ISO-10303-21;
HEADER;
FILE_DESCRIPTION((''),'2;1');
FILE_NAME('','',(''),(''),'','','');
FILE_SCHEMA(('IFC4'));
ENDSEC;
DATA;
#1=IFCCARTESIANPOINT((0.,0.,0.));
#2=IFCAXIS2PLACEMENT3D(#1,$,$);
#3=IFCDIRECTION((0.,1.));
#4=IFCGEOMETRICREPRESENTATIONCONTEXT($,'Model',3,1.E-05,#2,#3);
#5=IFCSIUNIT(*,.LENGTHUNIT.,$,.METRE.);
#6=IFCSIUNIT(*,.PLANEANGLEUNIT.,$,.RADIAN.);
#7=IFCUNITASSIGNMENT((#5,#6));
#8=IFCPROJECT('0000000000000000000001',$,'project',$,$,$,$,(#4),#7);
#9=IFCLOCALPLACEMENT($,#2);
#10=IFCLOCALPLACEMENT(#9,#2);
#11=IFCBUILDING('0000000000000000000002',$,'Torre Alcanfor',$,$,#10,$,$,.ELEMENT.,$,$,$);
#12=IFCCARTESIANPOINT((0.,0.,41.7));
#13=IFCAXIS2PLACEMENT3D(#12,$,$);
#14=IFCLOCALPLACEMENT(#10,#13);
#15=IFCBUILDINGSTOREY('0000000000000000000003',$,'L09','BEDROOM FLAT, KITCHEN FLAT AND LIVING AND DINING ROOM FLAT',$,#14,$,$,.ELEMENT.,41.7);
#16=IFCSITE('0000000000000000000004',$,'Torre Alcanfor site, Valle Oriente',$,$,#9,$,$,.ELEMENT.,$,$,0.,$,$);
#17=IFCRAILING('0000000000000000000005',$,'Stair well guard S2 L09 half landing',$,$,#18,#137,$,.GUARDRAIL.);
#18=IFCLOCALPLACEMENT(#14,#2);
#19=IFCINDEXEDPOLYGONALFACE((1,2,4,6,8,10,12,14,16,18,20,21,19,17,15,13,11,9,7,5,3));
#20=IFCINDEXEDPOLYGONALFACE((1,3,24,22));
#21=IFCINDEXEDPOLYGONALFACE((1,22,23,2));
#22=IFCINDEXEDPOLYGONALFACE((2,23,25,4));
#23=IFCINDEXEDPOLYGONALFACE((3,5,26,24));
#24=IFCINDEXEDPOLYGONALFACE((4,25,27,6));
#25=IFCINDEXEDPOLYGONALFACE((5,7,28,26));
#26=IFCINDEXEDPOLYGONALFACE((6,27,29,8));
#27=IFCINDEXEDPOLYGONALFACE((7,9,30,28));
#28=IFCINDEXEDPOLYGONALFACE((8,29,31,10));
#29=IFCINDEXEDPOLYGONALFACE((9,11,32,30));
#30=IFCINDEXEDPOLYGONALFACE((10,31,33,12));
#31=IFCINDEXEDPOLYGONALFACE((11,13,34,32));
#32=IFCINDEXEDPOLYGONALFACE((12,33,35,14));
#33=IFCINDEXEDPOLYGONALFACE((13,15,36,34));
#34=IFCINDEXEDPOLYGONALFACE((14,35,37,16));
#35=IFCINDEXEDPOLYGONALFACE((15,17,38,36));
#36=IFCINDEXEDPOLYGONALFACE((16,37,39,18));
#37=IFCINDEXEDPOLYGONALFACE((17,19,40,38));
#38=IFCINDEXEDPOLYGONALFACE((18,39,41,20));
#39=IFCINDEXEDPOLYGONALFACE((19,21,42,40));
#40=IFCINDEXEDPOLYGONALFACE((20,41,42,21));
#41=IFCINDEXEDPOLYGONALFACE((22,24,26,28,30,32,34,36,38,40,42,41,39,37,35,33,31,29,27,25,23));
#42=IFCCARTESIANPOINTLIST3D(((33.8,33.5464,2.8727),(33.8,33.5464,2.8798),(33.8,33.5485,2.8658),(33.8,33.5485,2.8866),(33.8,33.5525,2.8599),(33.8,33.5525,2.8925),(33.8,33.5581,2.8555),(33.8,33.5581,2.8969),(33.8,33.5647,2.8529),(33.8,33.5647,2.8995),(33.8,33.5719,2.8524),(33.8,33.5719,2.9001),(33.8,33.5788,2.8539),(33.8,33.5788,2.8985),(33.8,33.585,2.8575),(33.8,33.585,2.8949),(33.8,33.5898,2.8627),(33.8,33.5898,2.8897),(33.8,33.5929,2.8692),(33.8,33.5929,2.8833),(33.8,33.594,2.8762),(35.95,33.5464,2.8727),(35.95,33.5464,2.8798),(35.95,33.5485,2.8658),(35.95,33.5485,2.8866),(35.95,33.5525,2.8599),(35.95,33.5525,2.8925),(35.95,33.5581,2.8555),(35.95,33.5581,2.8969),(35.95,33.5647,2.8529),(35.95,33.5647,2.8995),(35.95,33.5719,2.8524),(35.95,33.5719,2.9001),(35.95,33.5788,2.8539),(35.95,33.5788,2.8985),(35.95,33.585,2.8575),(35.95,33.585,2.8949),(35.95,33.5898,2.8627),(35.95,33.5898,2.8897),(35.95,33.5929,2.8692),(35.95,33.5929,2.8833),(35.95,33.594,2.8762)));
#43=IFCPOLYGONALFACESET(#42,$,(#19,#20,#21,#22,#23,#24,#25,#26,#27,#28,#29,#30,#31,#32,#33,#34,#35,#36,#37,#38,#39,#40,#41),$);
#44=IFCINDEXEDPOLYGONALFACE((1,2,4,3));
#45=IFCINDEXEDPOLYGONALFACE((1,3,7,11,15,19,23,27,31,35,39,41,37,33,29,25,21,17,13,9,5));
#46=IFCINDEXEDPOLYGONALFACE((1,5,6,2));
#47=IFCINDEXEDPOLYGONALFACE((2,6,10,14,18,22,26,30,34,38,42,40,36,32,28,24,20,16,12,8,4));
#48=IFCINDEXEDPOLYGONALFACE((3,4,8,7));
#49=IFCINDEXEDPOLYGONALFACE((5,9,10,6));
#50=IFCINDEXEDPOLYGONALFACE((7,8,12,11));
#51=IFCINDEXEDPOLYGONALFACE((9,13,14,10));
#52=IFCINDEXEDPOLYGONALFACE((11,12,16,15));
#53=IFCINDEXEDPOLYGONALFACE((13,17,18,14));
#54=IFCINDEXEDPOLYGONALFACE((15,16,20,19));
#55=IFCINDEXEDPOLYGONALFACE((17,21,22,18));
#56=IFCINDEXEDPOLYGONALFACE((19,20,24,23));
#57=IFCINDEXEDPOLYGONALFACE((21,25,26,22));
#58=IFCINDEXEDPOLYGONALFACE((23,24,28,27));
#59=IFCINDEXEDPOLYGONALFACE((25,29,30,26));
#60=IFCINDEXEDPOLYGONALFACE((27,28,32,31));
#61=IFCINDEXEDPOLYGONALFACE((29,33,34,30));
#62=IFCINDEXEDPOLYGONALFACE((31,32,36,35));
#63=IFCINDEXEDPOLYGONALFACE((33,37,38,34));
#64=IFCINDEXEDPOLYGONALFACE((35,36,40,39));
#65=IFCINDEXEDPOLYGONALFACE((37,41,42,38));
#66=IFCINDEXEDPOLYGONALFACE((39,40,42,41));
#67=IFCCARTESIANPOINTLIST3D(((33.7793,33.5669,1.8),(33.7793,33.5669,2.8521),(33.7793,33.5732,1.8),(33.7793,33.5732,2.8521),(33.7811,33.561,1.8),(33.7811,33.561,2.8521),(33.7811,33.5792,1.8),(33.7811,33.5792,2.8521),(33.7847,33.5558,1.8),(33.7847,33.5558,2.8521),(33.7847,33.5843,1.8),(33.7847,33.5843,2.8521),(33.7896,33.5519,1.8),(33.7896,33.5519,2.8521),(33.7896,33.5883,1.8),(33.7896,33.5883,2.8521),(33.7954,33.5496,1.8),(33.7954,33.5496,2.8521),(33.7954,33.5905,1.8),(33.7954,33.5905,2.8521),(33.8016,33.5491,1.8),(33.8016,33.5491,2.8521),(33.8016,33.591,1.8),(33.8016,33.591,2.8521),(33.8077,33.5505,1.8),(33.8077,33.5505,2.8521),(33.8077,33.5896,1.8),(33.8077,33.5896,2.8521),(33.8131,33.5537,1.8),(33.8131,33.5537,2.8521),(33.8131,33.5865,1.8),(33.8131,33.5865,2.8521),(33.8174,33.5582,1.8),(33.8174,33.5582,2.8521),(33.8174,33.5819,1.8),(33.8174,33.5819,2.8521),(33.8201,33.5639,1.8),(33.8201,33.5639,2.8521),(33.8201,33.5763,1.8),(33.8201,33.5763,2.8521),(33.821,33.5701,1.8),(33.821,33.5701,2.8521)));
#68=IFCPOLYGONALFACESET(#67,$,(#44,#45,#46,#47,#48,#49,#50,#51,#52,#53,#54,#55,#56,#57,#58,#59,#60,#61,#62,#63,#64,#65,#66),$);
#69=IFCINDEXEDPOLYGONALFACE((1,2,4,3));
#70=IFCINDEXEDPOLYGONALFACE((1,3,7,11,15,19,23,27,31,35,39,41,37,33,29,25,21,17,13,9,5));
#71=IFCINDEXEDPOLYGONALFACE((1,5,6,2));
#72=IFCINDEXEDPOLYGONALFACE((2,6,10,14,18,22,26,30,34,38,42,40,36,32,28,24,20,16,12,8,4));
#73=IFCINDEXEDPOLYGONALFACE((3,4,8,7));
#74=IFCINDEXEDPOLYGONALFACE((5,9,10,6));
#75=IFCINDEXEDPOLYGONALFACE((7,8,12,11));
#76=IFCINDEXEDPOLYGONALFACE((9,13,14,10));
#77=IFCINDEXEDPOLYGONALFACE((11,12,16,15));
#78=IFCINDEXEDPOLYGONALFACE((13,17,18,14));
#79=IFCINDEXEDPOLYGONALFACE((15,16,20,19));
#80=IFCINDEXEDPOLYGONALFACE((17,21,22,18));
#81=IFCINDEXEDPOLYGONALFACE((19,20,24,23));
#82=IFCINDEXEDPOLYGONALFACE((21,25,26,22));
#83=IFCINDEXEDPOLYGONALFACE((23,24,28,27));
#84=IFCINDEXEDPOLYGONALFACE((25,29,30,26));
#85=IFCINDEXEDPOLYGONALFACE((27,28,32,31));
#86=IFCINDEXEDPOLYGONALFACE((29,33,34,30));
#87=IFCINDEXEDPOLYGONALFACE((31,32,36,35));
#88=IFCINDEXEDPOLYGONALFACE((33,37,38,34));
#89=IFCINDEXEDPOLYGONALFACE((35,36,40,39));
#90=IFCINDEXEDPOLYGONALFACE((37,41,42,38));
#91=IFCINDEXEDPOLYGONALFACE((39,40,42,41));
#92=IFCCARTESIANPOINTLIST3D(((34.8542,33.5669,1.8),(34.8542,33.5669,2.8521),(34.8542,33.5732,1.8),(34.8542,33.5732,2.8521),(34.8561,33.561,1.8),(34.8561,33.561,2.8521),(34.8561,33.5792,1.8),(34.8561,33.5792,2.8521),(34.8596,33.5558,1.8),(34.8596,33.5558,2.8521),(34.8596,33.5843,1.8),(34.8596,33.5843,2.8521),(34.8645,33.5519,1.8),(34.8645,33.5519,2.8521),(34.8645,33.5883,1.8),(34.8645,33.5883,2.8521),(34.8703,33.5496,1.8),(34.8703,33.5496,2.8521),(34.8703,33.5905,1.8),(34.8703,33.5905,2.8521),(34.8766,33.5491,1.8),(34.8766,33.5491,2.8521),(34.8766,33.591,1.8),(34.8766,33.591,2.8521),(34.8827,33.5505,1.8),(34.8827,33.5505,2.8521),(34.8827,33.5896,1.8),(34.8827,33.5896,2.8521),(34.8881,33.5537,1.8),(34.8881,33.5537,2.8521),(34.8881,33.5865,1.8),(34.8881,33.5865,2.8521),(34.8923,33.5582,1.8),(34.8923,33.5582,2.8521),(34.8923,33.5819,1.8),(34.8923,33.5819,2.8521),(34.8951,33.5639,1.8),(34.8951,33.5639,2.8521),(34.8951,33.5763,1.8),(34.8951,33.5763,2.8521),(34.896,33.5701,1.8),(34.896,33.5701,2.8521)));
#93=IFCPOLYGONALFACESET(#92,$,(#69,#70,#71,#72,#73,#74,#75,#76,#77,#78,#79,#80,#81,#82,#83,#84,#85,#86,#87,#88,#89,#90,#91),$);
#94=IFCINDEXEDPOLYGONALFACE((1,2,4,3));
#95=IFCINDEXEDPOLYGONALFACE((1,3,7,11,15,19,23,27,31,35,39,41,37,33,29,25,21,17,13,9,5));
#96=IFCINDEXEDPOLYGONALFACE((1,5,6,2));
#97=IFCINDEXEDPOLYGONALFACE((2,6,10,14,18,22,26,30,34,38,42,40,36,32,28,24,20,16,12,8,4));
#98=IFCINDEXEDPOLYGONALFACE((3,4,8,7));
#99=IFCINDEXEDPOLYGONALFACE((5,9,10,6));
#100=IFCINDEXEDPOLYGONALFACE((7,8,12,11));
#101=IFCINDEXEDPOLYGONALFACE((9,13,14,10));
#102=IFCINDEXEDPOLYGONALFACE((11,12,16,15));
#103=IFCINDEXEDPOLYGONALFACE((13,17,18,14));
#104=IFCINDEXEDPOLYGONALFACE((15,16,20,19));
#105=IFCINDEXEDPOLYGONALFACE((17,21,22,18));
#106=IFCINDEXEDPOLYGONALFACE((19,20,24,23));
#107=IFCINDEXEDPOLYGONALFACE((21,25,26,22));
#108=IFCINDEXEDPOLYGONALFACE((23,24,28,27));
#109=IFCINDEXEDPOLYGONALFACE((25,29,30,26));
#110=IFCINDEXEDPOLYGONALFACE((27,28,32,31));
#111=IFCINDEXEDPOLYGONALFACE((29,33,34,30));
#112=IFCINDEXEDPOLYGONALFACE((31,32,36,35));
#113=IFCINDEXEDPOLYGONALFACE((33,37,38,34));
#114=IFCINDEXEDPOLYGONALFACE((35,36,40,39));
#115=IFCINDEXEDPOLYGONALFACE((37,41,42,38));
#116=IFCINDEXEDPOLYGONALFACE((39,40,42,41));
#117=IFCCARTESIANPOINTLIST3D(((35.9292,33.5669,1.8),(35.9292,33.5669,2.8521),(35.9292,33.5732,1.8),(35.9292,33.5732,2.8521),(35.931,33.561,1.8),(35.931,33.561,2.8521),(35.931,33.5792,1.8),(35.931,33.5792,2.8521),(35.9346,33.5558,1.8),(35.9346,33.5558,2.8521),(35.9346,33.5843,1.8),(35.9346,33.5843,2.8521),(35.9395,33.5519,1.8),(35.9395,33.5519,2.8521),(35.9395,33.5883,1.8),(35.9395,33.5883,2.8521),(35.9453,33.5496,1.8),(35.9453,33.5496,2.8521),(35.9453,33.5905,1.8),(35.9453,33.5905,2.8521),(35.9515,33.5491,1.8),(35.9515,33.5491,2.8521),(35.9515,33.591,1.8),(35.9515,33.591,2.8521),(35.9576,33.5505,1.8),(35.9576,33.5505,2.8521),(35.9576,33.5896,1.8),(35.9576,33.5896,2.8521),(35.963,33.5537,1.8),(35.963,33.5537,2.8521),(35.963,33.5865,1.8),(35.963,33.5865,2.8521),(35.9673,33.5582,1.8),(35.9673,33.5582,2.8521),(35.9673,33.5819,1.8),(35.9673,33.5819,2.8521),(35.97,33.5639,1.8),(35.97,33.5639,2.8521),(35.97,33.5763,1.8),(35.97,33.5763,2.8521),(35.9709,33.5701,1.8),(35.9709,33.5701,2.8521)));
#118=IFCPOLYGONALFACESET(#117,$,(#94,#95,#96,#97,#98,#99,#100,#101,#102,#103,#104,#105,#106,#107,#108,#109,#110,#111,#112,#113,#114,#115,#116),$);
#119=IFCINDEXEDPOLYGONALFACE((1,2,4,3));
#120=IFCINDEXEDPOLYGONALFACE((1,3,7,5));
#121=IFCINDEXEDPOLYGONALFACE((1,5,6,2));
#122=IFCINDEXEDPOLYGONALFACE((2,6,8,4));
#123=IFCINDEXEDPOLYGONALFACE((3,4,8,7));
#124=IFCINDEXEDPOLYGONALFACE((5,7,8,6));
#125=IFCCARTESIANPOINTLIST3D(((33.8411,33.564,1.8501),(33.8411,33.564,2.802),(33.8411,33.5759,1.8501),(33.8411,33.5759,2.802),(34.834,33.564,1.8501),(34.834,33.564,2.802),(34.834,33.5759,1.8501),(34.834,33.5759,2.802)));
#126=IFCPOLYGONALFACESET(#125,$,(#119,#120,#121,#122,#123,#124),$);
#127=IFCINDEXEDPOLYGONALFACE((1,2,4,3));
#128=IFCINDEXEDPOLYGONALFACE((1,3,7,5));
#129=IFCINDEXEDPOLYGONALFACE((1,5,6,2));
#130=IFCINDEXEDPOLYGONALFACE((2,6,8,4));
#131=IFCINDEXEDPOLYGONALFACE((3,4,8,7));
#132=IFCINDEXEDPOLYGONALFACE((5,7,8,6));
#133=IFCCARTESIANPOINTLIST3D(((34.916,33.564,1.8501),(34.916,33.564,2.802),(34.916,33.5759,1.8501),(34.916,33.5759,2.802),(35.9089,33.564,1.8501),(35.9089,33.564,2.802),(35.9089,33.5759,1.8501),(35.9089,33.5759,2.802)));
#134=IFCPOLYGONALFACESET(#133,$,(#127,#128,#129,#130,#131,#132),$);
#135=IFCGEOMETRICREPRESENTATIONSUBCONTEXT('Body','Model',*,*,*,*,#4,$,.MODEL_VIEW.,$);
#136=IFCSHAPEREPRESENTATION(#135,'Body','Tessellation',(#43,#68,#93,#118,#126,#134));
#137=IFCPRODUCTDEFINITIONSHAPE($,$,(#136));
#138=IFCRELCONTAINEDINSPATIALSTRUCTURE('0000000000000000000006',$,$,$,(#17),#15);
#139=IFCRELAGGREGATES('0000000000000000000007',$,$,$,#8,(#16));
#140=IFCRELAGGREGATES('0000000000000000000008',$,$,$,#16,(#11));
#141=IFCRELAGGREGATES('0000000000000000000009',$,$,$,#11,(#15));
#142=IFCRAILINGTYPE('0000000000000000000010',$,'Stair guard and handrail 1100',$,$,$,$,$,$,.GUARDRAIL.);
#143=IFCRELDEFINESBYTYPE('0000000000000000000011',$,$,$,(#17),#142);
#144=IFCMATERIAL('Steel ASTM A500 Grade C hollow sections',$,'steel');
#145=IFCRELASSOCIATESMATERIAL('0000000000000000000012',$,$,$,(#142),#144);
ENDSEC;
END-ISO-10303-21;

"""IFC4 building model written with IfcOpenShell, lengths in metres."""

from ifc_helpers import new_model, si_unit, direction, frame, origin, origin_2d, place, context, subcontext, project, spatial, polyline, circle, outline, extrude, material, type_object, element, save


model = new_model("IFC4")

# Units and contexts
model_context = context("Model", 3, precision=1e-05, world=origin(), true_north=direction((0.0, 1.0)))
body_context = subcontext(model_context, "Body", "Model", "MODEL_VIEW")
ifc_project = project(units=[si_unit("LENGTHUNIT", "METRE"), si_unit("PLANEANGLEUNIT", "RADIAN")], contexts=[model_context])

# Site, building, storey
site_placement = place(None, origin())
site = spatial("IfcSite", under=ifc_project, at=site_placement, Name="Torre Alcanfor site, Valle Oriente", CompositionType="ELEMENT", RefElevation=0.0)
building_placement = place(site_placement, origin())
building = spatial("IfcBuilding", under=site, at=building_placement, Name="Torre Alcanfor", CompositionType="ELEMENT")
storey_placement = place(building_placement, frame((0.0, 0.0, 41.7)))
storey = spatial("IfcBuildingStorey", under=building, at=storey_placement, Name="L09", Description="BEDROOM FLAT, KITCHEN FLAT AND LIVING AND DINING ROOM FLAT", CompositionType="ELEMENT", Elevation=41.7)

# Railing
ifc_material_1 = material(Name="Steel ASTM A500 Grade C hollow sections", Category="steel")
railing_type_1 = type_object("IfcRailingType", Name="Stair guard and handrail 1100", PredefinedType="GUARDRAIL", material=ifc_material_1)
for number, where, name in (
    (1, (33.8, 33.5701, 1.8), "Stair well guard S2 L09 half landing"),
):
    element("IfcRailing", number, at=place(storey_placement, frame(where)), inside=storey, type_object=railing_type_1, Name=name, PredefinedType="GUARDRAIL", context=body_context, shape_type="SweptSolid", body=[
        extrude(circle(Radius=0.0239, at=origin_2d()), frame((0.0, 0.0, 1.0762), z_axis=(1.0, 0.0, 0.0), x_axis=(0.0, 1.0, 0.0)), (0.0, 0.0, 1.0), 2.1499),
        extrude(circle(Radius=0.021, at=origin_2d()), origin(), (0.0, 0.0, 1.0), 1.052),
        extrude(circle(Radius=0.021, at=origin_2d()), frame((1.075, 0.0, 0.0)), (0.0, 0.0, 1.0), 1.052),
        extrude(circle(Radius=0.021, at=origin_2d()), frame((2.1499, 0.0, 0.0)), (0.0, 0.0, 1.0), 1.052),
        extrude(outline(polyline([(0.041, 0.05), (1.0339, 0.05), (1.0339, 1.002), (0.041, 1.002), (0.041, 0.05)])), frame((0.0, 0.0059, 0.0), z_axis=(0.0, -1.0, 0.0), x_axis=(1.0, 0.0, 0.0)), (0.0, 0.0, 1.0), 0.012),
        extrude(outline(polyline([(1.116, 0.05), (2.1089, 0.05), (2.1089, 1.002), (1.116, 1.002), (1.116, 0.05)])), frame((0.0, 0.0059, 0.0), z_axis=(0.0, -1.0, 0.0), x_axis=(1.0, 0.0, 0.0)), (0.0, 0.0, 1.0), 0.012),
    ])

save(model, "model.ifc")
